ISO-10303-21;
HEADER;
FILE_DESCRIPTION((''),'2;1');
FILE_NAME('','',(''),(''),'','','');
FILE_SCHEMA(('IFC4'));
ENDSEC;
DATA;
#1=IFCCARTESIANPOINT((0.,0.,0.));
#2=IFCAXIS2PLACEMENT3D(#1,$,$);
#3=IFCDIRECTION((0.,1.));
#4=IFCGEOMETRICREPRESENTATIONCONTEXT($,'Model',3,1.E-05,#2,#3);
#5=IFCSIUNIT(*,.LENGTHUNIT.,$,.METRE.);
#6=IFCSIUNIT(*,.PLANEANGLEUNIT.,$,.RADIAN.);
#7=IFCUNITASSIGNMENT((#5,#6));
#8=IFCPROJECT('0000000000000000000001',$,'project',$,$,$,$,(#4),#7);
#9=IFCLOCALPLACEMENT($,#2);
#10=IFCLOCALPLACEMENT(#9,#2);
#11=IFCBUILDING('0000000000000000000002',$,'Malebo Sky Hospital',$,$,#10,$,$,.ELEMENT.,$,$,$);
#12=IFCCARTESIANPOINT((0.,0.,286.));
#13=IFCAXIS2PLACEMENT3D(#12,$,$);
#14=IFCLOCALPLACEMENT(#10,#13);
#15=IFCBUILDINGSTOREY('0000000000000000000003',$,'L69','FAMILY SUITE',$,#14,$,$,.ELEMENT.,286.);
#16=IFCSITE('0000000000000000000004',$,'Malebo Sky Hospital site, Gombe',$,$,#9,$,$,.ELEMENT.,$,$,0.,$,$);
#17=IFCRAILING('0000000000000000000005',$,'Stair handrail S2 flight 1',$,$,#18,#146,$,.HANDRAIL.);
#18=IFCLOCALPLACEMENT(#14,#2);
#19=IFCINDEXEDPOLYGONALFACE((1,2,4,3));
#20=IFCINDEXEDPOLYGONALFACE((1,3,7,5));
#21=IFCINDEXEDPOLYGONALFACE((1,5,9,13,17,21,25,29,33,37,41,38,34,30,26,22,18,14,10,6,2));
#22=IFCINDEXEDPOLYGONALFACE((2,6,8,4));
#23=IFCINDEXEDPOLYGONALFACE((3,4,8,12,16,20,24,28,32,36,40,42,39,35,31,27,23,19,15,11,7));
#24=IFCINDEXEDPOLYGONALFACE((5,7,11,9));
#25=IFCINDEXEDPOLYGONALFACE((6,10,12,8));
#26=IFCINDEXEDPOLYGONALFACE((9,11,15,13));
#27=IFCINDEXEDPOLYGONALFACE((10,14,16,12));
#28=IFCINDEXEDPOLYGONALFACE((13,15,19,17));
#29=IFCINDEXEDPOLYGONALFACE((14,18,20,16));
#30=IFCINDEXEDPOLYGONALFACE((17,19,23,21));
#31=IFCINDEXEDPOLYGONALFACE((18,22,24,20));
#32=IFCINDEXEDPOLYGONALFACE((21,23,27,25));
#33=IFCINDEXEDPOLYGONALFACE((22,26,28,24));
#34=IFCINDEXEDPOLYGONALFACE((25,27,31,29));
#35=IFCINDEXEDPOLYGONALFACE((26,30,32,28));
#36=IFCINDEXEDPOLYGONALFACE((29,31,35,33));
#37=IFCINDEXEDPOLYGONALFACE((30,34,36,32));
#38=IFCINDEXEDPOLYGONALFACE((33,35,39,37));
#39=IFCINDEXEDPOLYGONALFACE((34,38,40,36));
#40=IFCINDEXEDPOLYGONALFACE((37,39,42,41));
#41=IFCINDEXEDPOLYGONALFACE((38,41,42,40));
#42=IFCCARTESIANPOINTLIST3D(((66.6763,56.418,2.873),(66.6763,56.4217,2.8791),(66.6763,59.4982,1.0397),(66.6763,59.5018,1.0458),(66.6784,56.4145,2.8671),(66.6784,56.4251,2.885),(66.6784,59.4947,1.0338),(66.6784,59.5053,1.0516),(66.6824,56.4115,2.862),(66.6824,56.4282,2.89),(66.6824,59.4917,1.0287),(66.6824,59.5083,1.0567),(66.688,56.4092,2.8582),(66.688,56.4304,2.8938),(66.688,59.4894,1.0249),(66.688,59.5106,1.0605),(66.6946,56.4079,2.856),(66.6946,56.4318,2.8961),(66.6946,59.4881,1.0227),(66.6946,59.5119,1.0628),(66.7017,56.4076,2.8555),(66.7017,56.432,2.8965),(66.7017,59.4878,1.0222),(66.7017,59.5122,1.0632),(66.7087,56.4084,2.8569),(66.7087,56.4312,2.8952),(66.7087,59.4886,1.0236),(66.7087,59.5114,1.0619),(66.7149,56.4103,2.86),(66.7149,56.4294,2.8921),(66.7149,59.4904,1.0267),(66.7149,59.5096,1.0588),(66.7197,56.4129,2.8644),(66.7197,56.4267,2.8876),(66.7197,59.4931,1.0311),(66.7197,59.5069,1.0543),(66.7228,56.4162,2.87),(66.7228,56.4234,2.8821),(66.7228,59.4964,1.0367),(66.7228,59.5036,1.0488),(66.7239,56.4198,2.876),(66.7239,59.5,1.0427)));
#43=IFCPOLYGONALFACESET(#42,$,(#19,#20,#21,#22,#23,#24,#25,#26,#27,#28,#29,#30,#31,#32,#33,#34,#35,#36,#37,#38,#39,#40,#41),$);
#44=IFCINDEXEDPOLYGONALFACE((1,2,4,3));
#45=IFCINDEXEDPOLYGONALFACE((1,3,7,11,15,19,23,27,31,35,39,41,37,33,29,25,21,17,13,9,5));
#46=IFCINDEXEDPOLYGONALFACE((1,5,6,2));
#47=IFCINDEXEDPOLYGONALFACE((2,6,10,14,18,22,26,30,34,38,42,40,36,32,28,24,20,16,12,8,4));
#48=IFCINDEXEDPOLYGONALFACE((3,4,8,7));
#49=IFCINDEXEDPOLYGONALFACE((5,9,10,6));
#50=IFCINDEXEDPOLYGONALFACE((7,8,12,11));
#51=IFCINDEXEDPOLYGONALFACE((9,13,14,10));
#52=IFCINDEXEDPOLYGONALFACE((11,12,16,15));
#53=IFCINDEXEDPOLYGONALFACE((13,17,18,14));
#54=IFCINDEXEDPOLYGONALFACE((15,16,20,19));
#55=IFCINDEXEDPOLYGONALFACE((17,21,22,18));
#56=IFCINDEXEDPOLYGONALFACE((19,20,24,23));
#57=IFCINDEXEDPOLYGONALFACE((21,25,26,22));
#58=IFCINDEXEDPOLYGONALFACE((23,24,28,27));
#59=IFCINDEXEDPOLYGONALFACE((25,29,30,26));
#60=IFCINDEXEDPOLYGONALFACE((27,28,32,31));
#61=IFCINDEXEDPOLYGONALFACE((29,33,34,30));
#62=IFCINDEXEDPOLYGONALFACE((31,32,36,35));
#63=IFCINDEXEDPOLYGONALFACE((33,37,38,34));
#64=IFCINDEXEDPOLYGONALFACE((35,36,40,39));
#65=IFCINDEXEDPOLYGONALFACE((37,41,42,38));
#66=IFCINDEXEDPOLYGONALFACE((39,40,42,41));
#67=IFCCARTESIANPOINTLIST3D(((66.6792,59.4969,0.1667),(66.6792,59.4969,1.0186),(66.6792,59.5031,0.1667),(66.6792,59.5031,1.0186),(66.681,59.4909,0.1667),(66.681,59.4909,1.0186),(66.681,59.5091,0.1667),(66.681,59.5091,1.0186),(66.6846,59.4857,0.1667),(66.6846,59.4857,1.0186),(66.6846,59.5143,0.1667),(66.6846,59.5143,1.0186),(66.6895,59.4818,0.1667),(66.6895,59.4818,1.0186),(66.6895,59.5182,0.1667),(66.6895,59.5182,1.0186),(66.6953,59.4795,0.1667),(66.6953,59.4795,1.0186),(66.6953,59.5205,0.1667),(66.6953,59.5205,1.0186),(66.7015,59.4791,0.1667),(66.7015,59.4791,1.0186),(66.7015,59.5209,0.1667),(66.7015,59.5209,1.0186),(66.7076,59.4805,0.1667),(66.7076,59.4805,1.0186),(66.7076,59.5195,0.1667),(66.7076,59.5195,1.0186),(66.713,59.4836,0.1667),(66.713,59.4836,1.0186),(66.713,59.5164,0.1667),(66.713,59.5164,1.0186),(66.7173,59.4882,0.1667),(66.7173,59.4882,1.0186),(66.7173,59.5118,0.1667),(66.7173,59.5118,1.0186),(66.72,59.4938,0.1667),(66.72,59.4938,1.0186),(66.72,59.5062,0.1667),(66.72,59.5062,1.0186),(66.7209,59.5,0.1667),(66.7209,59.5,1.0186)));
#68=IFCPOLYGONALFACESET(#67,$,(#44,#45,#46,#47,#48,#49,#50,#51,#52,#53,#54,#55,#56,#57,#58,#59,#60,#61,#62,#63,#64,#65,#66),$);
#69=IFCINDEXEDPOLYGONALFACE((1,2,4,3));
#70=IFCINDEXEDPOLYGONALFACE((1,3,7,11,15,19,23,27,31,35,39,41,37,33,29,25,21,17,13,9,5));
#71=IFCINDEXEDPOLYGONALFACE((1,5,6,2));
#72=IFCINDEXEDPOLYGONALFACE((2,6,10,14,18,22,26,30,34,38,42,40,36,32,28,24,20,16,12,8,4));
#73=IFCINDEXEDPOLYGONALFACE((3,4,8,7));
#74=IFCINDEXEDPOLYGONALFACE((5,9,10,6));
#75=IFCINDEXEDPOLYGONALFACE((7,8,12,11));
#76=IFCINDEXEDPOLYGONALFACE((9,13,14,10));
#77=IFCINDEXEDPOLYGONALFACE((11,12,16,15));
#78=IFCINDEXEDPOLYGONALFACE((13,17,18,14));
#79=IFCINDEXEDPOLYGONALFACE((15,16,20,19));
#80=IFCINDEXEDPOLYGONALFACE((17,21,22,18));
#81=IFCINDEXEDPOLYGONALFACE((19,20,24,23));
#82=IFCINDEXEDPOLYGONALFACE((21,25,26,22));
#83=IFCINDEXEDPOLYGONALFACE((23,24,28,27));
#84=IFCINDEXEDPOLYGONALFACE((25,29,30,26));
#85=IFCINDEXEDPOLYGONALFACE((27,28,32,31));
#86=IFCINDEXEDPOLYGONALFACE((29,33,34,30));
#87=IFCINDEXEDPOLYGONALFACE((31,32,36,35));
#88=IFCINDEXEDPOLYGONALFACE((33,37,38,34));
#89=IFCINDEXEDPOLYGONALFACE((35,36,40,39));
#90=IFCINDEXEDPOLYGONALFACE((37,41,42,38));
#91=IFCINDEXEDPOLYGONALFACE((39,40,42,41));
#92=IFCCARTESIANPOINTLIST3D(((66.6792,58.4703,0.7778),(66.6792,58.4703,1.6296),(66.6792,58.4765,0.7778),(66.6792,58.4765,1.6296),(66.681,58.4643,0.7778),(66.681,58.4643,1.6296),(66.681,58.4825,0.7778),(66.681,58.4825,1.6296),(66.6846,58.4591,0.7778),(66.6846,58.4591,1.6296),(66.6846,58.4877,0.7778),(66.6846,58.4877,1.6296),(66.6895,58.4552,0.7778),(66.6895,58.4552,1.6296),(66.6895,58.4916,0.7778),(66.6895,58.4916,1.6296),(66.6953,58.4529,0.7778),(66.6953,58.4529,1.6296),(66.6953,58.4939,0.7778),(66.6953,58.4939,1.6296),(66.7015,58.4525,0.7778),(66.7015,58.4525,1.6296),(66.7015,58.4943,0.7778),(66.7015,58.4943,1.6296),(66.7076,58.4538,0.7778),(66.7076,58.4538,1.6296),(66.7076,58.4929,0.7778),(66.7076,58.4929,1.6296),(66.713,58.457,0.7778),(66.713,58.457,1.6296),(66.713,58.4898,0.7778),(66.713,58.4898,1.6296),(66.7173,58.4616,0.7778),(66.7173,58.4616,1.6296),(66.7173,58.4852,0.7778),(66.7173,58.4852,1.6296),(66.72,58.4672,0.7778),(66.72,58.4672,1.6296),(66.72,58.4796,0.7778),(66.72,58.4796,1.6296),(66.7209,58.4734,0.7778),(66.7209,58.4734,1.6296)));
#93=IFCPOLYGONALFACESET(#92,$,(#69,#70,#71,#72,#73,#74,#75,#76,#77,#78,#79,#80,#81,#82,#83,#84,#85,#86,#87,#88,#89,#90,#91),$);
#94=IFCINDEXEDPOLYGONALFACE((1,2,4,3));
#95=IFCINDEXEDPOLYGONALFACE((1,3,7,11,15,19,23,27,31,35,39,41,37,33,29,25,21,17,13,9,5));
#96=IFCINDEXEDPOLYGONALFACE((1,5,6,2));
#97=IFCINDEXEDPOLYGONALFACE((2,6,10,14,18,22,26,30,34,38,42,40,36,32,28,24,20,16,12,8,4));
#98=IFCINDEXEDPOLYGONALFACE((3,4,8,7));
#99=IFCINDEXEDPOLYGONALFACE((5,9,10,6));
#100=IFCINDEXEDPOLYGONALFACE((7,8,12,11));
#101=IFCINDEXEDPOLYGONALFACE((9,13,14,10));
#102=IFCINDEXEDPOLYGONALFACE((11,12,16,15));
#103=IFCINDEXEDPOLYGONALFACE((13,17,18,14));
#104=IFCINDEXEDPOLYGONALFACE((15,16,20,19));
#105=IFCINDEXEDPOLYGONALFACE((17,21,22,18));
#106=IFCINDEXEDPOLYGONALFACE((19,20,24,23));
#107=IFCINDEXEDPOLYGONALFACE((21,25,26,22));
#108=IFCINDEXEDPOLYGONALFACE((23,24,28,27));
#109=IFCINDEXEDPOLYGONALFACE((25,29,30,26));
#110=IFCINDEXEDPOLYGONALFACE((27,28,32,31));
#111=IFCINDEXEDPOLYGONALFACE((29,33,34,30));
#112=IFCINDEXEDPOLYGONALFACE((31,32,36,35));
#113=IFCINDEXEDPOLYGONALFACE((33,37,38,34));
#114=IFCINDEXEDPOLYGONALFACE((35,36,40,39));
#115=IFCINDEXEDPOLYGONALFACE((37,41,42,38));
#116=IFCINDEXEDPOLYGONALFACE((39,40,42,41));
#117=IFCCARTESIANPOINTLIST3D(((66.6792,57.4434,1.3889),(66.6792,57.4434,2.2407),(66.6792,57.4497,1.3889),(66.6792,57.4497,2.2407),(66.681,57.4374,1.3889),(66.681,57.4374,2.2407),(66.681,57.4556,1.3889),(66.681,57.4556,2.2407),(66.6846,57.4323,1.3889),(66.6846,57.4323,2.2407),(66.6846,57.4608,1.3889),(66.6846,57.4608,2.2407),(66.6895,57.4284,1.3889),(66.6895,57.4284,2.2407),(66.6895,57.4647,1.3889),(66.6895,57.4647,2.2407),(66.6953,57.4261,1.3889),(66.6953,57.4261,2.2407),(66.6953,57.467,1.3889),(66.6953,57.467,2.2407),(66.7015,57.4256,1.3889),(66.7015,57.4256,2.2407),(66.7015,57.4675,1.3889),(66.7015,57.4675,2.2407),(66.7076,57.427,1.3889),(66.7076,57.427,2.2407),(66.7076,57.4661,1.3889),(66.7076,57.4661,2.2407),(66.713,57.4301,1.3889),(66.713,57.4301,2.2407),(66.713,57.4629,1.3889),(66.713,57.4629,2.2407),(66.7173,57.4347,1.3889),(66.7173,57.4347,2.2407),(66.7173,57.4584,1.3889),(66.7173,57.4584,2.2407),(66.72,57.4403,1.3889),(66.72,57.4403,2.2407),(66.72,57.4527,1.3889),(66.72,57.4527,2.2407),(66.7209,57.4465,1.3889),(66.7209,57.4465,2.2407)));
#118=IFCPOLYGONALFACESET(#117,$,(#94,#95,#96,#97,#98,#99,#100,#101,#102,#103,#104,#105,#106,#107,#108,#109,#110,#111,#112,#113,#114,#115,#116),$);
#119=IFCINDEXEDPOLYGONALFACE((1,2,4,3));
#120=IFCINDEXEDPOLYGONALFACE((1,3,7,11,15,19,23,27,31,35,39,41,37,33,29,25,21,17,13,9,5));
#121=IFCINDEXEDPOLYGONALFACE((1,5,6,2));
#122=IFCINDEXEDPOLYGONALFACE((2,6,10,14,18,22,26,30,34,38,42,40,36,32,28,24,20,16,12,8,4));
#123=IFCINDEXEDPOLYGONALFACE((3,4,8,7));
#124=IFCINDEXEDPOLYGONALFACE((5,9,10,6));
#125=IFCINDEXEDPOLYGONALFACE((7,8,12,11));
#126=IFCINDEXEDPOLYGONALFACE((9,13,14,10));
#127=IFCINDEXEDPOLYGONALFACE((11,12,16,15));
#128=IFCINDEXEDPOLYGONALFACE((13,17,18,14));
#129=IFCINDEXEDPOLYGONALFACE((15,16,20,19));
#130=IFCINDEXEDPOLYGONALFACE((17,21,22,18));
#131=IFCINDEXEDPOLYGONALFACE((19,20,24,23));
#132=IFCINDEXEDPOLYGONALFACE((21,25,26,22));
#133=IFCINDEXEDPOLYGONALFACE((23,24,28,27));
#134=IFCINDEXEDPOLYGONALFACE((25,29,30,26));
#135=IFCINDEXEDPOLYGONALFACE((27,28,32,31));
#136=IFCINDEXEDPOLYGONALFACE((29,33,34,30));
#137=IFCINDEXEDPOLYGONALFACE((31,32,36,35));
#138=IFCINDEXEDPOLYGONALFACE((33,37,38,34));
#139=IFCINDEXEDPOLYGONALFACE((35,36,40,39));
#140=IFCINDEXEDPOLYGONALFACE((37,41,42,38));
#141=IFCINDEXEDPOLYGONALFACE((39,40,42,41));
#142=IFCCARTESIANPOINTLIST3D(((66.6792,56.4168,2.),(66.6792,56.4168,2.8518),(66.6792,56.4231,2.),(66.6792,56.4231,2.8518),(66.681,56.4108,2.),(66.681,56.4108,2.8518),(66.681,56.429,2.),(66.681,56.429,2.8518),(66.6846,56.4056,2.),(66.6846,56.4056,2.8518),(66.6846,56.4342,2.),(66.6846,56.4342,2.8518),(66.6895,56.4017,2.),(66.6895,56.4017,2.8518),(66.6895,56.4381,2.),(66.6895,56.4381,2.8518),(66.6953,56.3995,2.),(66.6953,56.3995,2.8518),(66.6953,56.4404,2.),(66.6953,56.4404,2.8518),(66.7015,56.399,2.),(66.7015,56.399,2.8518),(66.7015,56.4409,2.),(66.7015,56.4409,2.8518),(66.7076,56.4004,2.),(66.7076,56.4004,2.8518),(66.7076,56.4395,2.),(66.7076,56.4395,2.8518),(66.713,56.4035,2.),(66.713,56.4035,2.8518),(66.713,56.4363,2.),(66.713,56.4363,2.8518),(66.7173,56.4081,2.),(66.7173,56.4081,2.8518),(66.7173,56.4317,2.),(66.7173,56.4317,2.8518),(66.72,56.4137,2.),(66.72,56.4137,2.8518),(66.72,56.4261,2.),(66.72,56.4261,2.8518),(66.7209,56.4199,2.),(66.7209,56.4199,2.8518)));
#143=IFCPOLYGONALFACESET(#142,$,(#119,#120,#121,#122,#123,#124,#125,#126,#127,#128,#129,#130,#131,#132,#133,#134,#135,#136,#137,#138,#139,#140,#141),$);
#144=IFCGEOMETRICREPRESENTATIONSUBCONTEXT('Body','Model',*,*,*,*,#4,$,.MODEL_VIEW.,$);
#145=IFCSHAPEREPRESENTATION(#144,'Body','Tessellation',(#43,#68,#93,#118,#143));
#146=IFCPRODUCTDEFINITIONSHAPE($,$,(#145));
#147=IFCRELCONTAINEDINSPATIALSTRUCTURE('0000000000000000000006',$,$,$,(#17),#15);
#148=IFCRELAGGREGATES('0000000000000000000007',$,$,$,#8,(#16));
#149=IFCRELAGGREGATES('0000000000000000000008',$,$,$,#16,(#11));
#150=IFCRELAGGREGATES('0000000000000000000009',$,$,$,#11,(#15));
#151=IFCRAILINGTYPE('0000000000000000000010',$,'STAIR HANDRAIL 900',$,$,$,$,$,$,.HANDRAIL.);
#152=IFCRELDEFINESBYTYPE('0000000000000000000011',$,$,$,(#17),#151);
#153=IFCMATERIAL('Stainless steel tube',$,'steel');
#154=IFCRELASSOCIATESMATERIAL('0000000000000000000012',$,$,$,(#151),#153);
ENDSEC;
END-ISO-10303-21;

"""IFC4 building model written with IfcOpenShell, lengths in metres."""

from ifc_helpers import new_model, si_unit, direction, frame, origin, origin_2d, place, context, subcontext, project, spatial, circle, extrude, material, type_object, element, save


model = new_model("IFC4")

# Units and contexts
model_context = context("Model", 3, precision=1e-05, world=origin(), true_north=direction((0.0, 1.0)))
body_context = subcontext(model_context, "Body", "Model", "MODEL_VIEW")
ifc_project = project(units=[si_unit("LENGTHUNIT", "METRE"), si_unit("PLANEANGLEUNIT", "RADIAN")], contexts=[model_context])

# Site, building, storey
site_placement = place(None, origin())
site = spatial("IfcSite", under=ifc_project, at=site_placement, Name="Malebo Sky Hospital site, Gombe", CompositionType="ELEMENT", RefElevation=0.0)
building_placement = place(site_placement, origin())
building = spatial("IfcBuilding", under=site, at=building_placement, Name="Malebo Sky Hospital", CompositionType="ELEMENT")
storey_placement = place(building_placement, frame((0.0, 0.0, 286.0)))
storey = spatial("IfcBuildingStorey", under=building, at=storey_placement, Name="L69", Description="FAMILY SUITE", CompositionType="ELEMENT", Elevation=286.0)

# Railing
ifc_material_1 = material(Name="Stainless steel tube", Category="steel")
railing_type_1 = type_object("IfcRailingType", Name="STAIR HANDRAIL 900", PredefinedType="HANDRAIL", material=ifc_material_1)
railing_1_placement = place(storey_placement, frame((66.7, 59.5, 0.1667)))
element("IfcRailing", 1, at=railing_1_placement, inside=storey, type_object=railing_type_1, Name="Stair handrail S2 flight 1", PredefinedType="HANDRAIL", context=body_context, shape_type="SweptSolid", body=[
    extrude(circle(Radius=0.0239, at=origin_2d()), frame((0.0, 0.0, 0.876), z_axis=(0.0, -0.859309, 0.511458), x_axis=(1.0, 0.0, 0.0)), (0.0, 0.0, 1.0), 3.5845),
    extrude(circle(Radius=0.021, at=origin_2d()), origin(), (0.0, 0.0, 1.0), 0.8518),
    extrude(circle(Radius=0.021, at=origin_2d()), frame((0.0, -1.0266, 0.6111)), (0.0, 0.0, 1.0), 0.8518),
    extrude(circle(Radius=0.021, at=origin_2d()), frame((0.0, -2.0535, 1.2222)), (0.0, 0.0, 1.0), 0.8518),
    extrude(circle(Radius=0.021, at=origin_2d()), frame((0.0, -3.0801, 1.8333)), (0.0, 0.0, 1.0), 0.8518),
])

save(model, "model.ifc")
